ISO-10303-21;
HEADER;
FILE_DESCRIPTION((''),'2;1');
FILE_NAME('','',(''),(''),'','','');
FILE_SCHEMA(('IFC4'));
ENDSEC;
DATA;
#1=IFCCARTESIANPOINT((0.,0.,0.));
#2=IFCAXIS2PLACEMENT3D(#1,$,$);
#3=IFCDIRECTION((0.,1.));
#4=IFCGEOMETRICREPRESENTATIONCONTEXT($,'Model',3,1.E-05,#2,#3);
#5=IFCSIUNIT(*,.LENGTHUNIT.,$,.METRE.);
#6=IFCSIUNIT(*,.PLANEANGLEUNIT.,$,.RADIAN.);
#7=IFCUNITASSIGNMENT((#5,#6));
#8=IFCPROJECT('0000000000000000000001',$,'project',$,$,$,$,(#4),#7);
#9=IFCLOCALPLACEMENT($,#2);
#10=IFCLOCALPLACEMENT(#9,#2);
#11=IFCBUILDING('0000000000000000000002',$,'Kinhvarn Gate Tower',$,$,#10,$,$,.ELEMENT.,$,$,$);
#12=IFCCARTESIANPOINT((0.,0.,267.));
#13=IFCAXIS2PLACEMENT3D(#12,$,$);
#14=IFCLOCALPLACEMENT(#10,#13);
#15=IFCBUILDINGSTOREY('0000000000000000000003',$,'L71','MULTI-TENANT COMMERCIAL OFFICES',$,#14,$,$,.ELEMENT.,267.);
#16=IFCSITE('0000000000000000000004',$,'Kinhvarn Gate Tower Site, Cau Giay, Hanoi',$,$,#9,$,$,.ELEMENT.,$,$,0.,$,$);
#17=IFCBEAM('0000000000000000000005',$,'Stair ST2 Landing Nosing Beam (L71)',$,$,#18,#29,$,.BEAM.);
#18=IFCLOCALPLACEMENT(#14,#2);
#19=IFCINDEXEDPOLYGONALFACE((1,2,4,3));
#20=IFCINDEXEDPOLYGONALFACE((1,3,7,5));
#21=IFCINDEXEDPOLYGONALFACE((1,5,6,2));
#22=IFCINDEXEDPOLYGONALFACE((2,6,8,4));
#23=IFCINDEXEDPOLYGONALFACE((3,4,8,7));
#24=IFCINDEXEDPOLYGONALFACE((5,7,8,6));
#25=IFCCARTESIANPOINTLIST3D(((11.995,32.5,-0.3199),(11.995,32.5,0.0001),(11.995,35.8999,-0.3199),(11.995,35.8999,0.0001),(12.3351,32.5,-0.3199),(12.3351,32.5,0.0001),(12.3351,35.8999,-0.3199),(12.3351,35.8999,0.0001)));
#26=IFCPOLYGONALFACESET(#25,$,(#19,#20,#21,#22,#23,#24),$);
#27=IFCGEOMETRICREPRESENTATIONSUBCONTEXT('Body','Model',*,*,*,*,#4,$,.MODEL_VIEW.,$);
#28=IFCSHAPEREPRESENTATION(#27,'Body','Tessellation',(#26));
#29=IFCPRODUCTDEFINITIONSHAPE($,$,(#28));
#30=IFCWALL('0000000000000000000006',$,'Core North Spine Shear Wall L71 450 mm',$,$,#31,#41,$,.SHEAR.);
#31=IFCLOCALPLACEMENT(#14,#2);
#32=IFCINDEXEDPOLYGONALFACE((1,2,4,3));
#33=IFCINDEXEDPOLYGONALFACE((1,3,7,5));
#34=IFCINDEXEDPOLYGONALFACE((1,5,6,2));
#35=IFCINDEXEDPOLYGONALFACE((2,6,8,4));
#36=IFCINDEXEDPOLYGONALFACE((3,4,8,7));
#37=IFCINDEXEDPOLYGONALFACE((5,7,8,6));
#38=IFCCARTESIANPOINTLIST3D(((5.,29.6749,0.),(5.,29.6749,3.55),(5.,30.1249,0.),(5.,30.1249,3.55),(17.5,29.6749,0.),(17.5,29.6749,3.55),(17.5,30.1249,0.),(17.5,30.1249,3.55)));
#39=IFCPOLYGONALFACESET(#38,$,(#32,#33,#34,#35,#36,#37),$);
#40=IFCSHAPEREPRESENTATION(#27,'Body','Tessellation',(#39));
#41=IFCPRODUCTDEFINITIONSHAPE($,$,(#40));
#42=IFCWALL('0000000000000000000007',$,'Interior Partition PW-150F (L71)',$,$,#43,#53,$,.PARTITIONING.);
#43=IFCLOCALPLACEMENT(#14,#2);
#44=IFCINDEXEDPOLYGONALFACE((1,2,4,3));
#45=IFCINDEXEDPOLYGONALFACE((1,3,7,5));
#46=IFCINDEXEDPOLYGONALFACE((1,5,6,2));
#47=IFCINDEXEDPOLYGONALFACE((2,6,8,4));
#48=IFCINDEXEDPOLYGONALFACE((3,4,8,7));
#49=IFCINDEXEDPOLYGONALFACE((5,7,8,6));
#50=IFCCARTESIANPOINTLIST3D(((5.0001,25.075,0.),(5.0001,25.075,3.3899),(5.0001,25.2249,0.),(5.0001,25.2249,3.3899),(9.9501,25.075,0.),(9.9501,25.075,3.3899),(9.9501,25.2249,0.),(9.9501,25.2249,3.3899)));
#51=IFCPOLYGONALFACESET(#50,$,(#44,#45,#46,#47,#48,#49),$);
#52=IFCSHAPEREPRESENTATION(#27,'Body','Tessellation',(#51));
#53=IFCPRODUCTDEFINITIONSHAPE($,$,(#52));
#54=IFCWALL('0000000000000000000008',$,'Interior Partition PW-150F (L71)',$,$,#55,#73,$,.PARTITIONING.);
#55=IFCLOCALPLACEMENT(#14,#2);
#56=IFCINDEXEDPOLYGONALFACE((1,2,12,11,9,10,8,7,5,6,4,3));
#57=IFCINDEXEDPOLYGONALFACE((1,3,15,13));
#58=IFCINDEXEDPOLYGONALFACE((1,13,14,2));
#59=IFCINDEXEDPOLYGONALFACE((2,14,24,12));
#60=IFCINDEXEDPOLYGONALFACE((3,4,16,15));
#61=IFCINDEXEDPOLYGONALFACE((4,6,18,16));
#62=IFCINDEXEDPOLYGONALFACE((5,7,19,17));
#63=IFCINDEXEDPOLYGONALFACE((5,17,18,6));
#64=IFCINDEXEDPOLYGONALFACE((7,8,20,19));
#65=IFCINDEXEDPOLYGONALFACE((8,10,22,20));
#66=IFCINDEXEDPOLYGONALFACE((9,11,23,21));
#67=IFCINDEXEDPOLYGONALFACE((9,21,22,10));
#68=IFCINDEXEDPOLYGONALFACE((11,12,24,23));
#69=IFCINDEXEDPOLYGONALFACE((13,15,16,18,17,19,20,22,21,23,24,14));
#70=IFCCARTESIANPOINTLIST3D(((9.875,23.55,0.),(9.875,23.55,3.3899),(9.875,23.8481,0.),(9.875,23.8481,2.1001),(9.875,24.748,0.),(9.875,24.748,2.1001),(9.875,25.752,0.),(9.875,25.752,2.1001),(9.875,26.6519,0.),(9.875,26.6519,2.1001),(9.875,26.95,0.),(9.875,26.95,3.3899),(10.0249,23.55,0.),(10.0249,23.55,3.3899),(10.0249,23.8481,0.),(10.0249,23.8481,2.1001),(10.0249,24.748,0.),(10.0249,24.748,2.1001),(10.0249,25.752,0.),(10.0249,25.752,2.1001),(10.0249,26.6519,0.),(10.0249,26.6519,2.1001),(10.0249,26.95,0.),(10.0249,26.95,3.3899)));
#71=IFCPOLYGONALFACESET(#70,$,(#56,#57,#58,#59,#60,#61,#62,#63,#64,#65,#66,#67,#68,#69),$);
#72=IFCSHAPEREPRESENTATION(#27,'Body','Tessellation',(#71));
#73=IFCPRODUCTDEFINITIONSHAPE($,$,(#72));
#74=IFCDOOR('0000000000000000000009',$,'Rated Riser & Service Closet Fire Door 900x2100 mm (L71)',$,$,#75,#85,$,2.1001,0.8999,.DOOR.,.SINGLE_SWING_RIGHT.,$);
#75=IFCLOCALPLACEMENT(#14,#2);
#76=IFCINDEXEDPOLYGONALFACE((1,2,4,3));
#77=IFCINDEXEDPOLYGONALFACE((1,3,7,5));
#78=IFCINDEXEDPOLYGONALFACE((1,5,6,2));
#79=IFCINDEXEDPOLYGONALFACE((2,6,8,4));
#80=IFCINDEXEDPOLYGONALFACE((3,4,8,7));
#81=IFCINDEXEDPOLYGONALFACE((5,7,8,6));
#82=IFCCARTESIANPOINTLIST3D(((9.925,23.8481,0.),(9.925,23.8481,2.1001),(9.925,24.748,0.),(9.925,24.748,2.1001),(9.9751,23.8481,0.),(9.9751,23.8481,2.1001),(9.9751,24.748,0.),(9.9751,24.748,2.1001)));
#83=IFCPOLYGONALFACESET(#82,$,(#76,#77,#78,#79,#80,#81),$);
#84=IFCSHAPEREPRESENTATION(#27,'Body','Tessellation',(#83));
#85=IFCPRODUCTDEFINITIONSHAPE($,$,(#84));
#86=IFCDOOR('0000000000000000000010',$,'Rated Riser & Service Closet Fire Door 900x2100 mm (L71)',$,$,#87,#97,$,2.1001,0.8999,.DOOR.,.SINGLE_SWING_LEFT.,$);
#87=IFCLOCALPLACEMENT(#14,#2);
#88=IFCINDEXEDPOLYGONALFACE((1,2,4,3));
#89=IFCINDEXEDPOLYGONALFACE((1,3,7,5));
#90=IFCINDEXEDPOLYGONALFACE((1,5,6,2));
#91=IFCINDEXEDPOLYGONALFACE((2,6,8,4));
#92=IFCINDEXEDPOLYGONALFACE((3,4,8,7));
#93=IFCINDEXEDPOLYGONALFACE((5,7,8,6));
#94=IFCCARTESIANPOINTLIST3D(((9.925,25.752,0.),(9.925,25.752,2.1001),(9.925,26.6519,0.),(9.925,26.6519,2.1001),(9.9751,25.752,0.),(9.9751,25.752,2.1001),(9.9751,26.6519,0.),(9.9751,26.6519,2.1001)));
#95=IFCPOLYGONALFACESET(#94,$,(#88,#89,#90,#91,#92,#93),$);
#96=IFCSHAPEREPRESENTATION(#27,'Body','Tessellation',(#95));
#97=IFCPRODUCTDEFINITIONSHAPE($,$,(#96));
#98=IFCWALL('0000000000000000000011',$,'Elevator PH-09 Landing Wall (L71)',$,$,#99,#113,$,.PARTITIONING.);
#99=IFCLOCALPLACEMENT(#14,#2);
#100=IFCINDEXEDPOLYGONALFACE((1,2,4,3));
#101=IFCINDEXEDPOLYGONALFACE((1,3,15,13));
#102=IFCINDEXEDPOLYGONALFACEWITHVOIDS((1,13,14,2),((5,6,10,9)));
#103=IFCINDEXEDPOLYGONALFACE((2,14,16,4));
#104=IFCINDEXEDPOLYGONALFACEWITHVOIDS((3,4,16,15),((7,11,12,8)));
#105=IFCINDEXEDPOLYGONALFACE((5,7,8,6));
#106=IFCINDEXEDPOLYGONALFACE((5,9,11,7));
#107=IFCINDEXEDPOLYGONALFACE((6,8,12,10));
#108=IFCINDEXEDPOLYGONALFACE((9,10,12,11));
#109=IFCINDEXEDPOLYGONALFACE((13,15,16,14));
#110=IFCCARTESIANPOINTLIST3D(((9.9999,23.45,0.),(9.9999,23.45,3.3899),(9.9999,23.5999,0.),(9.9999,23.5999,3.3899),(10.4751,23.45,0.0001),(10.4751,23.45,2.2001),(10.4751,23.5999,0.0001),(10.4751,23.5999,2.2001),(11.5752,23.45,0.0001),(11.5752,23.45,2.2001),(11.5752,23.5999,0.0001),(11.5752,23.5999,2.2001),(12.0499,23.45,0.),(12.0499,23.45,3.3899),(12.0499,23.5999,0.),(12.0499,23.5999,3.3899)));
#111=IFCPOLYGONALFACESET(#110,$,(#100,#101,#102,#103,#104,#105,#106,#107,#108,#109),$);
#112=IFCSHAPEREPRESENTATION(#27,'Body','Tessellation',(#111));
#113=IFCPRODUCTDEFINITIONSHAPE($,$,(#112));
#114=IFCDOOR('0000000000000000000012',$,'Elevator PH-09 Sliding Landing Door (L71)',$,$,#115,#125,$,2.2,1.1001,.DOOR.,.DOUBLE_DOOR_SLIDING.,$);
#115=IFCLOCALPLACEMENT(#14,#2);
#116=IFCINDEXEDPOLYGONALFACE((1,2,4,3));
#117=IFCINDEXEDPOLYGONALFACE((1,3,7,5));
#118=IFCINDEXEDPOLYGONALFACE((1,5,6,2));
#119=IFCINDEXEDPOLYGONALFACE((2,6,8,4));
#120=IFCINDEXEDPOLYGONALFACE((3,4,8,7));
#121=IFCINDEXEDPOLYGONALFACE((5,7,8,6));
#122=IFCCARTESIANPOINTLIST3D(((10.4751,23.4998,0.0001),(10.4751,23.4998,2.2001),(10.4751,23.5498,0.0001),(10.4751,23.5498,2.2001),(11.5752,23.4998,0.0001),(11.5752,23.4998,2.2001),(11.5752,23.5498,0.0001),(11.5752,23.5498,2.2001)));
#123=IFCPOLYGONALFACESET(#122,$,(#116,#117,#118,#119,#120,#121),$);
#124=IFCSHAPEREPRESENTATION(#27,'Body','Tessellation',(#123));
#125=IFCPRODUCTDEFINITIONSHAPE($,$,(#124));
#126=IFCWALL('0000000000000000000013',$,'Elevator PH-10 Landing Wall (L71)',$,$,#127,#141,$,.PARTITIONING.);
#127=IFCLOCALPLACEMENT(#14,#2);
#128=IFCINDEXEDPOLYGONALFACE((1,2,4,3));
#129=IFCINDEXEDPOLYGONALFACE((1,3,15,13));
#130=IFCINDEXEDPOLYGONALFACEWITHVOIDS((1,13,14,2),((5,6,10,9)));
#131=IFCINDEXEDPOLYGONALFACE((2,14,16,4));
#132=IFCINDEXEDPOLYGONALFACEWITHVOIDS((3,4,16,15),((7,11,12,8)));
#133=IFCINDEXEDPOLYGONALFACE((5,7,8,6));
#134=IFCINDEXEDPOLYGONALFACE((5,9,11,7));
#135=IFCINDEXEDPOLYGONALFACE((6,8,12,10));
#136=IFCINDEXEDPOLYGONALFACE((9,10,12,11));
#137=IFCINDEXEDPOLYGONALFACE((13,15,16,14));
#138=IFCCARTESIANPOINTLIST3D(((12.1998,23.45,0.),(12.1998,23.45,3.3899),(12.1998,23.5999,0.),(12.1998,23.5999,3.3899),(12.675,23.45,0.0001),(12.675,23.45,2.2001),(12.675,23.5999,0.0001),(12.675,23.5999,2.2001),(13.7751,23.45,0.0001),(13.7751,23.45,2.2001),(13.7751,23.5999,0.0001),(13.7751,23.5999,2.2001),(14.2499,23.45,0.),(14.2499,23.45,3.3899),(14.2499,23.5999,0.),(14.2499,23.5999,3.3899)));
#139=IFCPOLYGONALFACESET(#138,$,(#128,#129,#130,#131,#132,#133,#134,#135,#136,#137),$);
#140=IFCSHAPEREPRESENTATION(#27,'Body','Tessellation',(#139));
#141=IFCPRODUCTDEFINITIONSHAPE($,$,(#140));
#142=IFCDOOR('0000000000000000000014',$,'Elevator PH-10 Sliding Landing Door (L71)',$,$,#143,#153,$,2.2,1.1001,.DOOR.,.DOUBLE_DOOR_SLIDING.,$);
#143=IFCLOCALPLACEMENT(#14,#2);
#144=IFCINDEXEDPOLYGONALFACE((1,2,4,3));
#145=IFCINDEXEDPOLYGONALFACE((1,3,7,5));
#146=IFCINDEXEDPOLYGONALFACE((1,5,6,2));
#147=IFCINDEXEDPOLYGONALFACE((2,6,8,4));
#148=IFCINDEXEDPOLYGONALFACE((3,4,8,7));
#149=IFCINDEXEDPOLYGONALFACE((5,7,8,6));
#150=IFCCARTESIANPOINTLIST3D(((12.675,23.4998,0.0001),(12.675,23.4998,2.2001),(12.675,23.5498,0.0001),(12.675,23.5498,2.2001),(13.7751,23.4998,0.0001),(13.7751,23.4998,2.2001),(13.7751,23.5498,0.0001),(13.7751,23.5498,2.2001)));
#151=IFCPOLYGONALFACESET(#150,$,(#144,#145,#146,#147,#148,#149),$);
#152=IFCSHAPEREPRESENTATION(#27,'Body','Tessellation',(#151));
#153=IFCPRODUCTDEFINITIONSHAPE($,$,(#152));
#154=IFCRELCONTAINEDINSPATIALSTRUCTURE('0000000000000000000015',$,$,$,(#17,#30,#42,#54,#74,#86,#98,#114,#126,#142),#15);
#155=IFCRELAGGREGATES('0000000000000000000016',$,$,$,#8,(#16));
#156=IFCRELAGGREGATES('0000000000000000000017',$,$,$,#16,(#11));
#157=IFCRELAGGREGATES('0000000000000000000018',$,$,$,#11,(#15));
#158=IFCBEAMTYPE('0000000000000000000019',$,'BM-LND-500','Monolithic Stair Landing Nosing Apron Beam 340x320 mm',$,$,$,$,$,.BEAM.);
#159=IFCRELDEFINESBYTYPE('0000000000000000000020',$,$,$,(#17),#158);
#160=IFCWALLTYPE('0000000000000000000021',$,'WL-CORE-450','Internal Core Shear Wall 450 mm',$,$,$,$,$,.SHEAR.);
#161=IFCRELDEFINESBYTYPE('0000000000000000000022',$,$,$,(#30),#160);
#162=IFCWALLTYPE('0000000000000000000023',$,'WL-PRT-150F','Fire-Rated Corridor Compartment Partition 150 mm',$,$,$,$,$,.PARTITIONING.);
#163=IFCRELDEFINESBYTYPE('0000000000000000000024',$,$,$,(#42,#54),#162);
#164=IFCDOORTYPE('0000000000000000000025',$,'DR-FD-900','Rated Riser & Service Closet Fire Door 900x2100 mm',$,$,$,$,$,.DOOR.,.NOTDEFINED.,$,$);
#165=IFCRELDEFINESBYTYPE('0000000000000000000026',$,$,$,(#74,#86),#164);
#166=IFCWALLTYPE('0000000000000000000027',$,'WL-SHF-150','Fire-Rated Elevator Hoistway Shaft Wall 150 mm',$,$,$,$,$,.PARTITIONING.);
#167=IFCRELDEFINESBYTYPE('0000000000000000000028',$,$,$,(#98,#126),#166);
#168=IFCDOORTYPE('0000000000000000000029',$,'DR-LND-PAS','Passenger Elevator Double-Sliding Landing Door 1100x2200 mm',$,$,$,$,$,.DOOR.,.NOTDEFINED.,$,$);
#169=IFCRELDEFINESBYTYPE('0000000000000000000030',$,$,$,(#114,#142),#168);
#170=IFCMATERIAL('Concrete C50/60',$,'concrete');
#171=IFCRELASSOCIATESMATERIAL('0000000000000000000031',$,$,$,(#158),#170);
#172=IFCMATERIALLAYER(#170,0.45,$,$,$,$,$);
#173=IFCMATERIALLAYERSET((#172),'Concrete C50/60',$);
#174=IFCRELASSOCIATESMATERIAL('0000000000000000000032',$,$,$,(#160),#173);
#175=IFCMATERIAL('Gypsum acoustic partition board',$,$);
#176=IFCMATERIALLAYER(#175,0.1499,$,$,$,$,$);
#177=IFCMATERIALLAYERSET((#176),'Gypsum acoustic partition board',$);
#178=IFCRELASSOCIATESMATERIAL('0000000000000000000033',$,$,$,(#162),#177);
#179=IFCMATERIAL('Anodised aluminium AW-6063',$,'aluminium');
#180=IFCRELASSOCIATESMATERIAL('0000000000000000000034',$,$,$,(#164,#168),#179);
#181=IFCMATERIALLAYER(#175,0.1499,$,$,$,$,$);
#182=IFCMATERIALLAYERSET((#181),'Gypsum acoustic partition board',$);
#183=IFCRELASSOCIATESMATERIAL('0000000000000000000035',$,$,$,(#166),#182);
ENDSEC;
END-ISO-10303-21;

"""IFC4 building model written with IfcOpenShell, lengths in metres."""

from ifc_helpers import new_model, si_unit, direction, frame, frame_2d, origin, origin_2d, place, context, subcontext, project, spatial, rectangle, extrude, material, layer, layer_set, material_profile, profile_set, type_object, element, fill, save


model = new_model("IFC4")

# Units and contexts
model_context = context("Model", 3, precision=1e-05, world=origin(), true_north=direction((0.0, 1.0)))
body_context = subcontext(model_context, "Body", "Model", "MODEL_VIEW")
ifc_project = project(units=[si_unit("LENGTHUNIT", "METRE"), si_unit("PLANEANGLEUNIT", "RADIAN")], contexts=[model_context])

# Site, building, storey
site_placement = place(None, origin())
site = spatial("IfcSite", under=ifc_project, at=site_placement, Name="Kinhvarn Gate Tower Site, Cau Giay, Hanoi", CompositionType="ELEMENT", RefElevation=0.0)
building_placement = place(site_placement, origin())
building = spatial("IfcBuilding", under=site, at=building_placement, Name="Kinhvarn Gate Tower", CompositionType="ELEMENT")
storey_placement = place(building_placement, frame((0.0, 0.0, 267.0)))
storey = spatial("IfcBuildingStorey", under=building, at=storey_placement, Name="L71", Description="MULTI-TENANT COMMERCIAL OFFICES", CompositionType="ELEMENT", Elevation=267.0)

# Beam
ifc_material_1 = material(Name="Concrete C50/60", Category="concrete")
ifc_material_profile = material_profile(ifc_material_1, rectangle(XDim=0.3401, YDim=0.3201, at=origin_2d()), Name="RC 340x320")
ifc_profile_set = profile_set([ifc_material_profile], Name="Concrete C50/60")
beam_type = type_object("IfcBeamType", Name="BM-LND-500", Description="Monolithic Stair Landing Nosing Apron Beam 340x320 mm", PredefinedType="BEAM", material=ifc_profile_set)
beam_placement = place(storey_placement, frame((12.165, 32.5, -0.1599), z_axis=(0.0, 1.0, 0.0), x_axis=(-1.0, 0.0, 0.0)))
element("IfcBeam", 1, at=beam_placement, inside=storey, type_object=beam_type, Name="Stair ST2 Landing Nosing Beam (L71)", PredefinedType="BEAM", context=body_context, shape_type="SweptSolid", body=[
    extrude(rectangle(XDim=0.3401, YDim=0.3201, at=origin_2d()), origin(), (0.0, 0.0, 1.0), 3.3999),
])

# Walls
ifc_layer_1 = layer(ifc_material_1, 0.45)
ifc_layer_set_1 = layer_set([ifc_layer_1], Name="Concrete C50/60")
wall_type_1 = type_object("IfcWallType", Name="WL-CORE-450", Description="Internal Core Shear Wall 450 mm", PredefinedType="SHEAR", material=ifc_layer_set_1)
wall_1_placement = place(storey_placement, frame((5.0, 29.8999, 0.0), z_axis=(0.0, 0.0, 1.0), x_axis=(1.0, 0.0, 0.0)))
element("IfcWall", 2, at=wall_1_placement, inside=storey, type_object=wall_type_1, Name="Core North Spine Shear Wall L71 450 mm", PredefinedType="SHEAR", context=body_context, shape_type="SweptSolid", body=[
    extrude(rectangle(XDim=12.5, YDim=0.45, at=frame_2d((6.25, 0.0))), origin(), (0.0, 0.0, 1.0), 3.55),
])
ifc_material_2 = material(Name="Gypsum acoustic partition board")
ifc_layer_2 = layer(ifc_material_2, 0.1499)
ifc_layer_set_2 = layer_set([ifc_layer_2], Name="Gypsum acoustic partition board")
wall_type_2 = type_object("IfcWallType", Name="WL-PRT-150F", Description="Fire-Rated Corridor Compartment Partition 150 mm", PredefinedType="PARTITIONING", material=ifc_layer_set_2)
wall_2_placement = place(storey_placement, frame((5.0, 25.1499, 0.0), z_axis=(0.0, 0.0, 1.0), x_axis=(1.0, 0.0, 0.0)))
element("IfcWall", 3, at=wall_2_placement, inside=storey, type_object=wall_type_2, Name="Interior Partition PW-150F (L71)", PredefinedType="PARTITIONING", context=body_context, shape_type="SweptSolid", body=[
    extrude(rectangle(XDim=4.95, YDim=0.1499, at=frame_2d((2.4751, 0.0))), origin(), (0.0, 0.0, 1.0), 3.3899),
])

# Wall, openings, doors
wall_3_placement = place(storey_placement, frame((9.95, 23.55, 0.0), z_axis=(0.0, 0.0, 1.0), x_axis=(0.0, 1.0, 0.0)))
wall_3 = element("IfcWall", 4, at=wall_3_placement, inside=storey, type_object=wall_type_2, Name="Interior Partition PW-150F (L71)", PredefinedType="PARTITIONING", context=body_context, shape_type="SweptSolid", body=[
    extrude(rectangle(XDim=3.3999, YDim=0.1499, at=frame_2d((1.7, 0.0))), origin(), (0.0, 0.0, 1.0), 3.3899),
])
opening_1_placement = place(wall_3_placement, frame((0.2981, 0.0, 0.0)))
opening_1 = element("IfcOpeningElement", 5, at=opening_1_placement, cuts=wall_3, PredefinedType="OPENING", context=body_context, shape_type="SweptSolid", body=[
    extrude(rectangle(XDim=0.8999, YDim=2.1001, at=frame_2d((0.45, 1.05))), frame((0.0, 0.085, 0.0), z_axis=(0.0, -1.0, 0.0), x_axis=(1.0, 0.0, 0.0)), (0.0, 0.0, 1.0), 0.1699),
])
opening_2_placement = place(wall_3_placement, frame((2.2019, 0.0, 0.0)))
opening_2 = element("IfcOpeningElement", 6, at=opening_2_placement, cuts=wall_3, PredefinedType="OPENING", context=body_context, shape_type="SweptSolid", body=[
    extrude(rectangle(XDim=0.8999, YDim=2.1001, at=frame_2d((0.45, 1.05))), frame((0.0, 0.085, 0.0), z_axis=(0.0, -1.0, 0.0), x_axis=(1.0, 0.0, 0.0)), (0.0, 0.0, 1.0), 0.1699),
])
ifc_material_3 = material(Name="Anodised aluminium AW-6063", Category="aluminium")
door_type_1 = type_object("IfcDoorType", Name="DR-FD-900", Description="Rated Riser & Service Closet Fire Door 900x2100 mm", OperationType="NOTDEFINED", PredefinedType="DOOR", material=ifc_material_3)
door_1_placement = place(opening_1_placement, origin())
door_1 = element("IfcDoor", 7, at=door_1_placement, inside=storey, type_object=door_type_1, Name="Rated Riser & Service Closet Fire Door 900x2100 mm (L71)", OperationType="SINGLE_SWING_RIGHT", OverallHeight=2.1001, OverallWidth=0.8999, PredefinedType="DOOR", context=body_context, shape_type="SweptSolid", body=[
    extrude(rectangle(XDim=0.8999, YDim=2.1001, at=frame_2d((0.45, 1.05))), frame((0.0, 0.0249, 0.0), z_axis=(0.0, -1.0, 0.0), x_axis=(1.0, 0.0, 0.0)), (0.0, 0.0, 1.0), 0.05),
])
fill(opening_1, door_1)
door_2_placement = place(opening_2_placement, origin())
door_2 = element("IfcDoor", 8, at=door_2_placement, inside=storey, type_object=door_type_1, Name="Rated Riser & Service Closet Fire Door 900x2100 mm (L71)", OperationType="SINGLE_SWING_LEFT", OverallHeight=2.1001, OverallWidth=0.8999, PredefinedType="DOOR", context=body_context, shape_type="SweptSolid", body=[
    extrude(rectangle(XDim=0.8999, YDim=2.1001, at=frame_2d((0.45, 1.05))), frame((0.0, 0.0249, 0.0), z_axis=(0.0, -1.0, 0.0), x_axis=(1.0, 0.0, 0.0)), (0.0, 0.0, 1.0), 0.05),
])
fill(opening_2, door_2)

# Walls, openings, doors
ifc_layer_3 = layer(ifc_material_2, 0.1499)
ifc_layer_set_3 = layer_set([ifc_layer_3], Name="Gypsum acoustic partition board")
wall_type_3 = type_object("IfcWallType", Name="WL-SHF-150", Description="Fire-Rated Elevator Hoistway Shaft Wall 150 mm", PredefinedType="PARTITIONING", material=ifc_layer_set_3)
wall_4_placement = place(storey_placement, frame((10.0, 23.5249, 0.0), z_axis=(0.0, 0.0, 1.0), x_axis=(1.0, 0.0, 0.0)))
wall_4 = element("IfcWall", 9, at=wall_4_placement, inside=storey, type_object=wall_type_3, Name="Elevator PH-09 Landing Wall (L71)", PredefinedType="PARTITIONING", context=body_context, shape_type="SweptSolid", body=[
    extrude(rectangle(XDim=2.05, YDim=0.1499, at=frame_2d((1.0249, 0.0))), origin(), (0.0, 0.0, 1.0), 3.3899),
])
opening_3_placement = place(wall_4_placement, frame((0.4751, 0.0, 0.0)))
opening_3 = element("IfcOpeningElement", 10, at=opening_3_placement, cuts=wall_4, PredefinedType="OPENING", context=body_context, shape_type="SweptSolid", body=[
    extrude(rectangle(XDim=1.1001, YDim=2.2, at=frame_2d((0.55, 1.1001))), frame((0.0, 0.085, 0.0), z_axis=(0.0, -1.0, 0.0), x_axis=(1.0, 0.0, 0.0)), (0.0, 0.0, 1.0), 0.1699),
])
door_type_2 = type_object("IfcDoorType", Name="DR-LND-PAS", Description="Passenger Elevator Double-Sliding Landing Door 1100x2200 mm", OperationType="NOTDEFINED", PredefinedType="DOOR", material=ifc_material_3)
door_3_placement = place(opening_3_placement, origin())
door_3 = element("IfcDoor", 11, at=door_3_placement, inside=storey, type_object=door_type_2, Name="Elevator PH-09 Sliding Landing Door (L71)", OperationType="DOUBLE_DOOR_SLIDING", OverallHeight=2.2, OverallWidth=1.1001, PredefinedType="DOOR", context=body_context, shape_type="SweptSolid", body=[
    extrude(rectangle(XDim=1.1001, YDim=2.2, at=frame_2d((0.55, 1.1001))), frame((0.0, 0.0249, 0.0), z_axis=(0.0, -1.0, 0.0), x_axis=(1.0, 0.0, 0.0)), (0.0, 0.0, 1.0), 0.05),
])
fill(opening_3, door_3)
wall_5_placement = place(storey_placement, frame((12.2, 23.5249, 0.0), z_axis=(0.0, 0.0, 1.0), x_axis=(1.0, 0.0, 0.0)))
wall_5 = element("IfcWall", 12, at=wall_5_placement, inside=storey, type_object=wall_type_3, Name="Elevator PH-10 Landing Wall (L71)", PredefinedType="PARTITIONING", context=body_context, shape_type="SweptSolid", body=[
    extrude(rectangle(XDim=2.05, YDim=0.1499, at=frame_2d((1.0249, 0.0))), origin(), (0.0, 0.0, 1.0), 3.3899),
])
opening_4_placement = place(wall_5_placement, frame((0.4751, 0.0, 0.0)))
opening_4 = element("IfcOpeningElement", 13, at=opening_4_placement, cuts=wall_5, PredefinedType="OPENING", context=body_context, shape_type="SweptSolid", body=[
    extrude(rectangle(XDim=1.1001, YDim=2.2, at=frame_2d((0.55, 1.1001))), frame((0.0, 0.085, 0.0), z_axis=(0.0, -1.0, 0.0), x_axis=(1.0, 0.0, 0.0)), (0.0, 0.0, 1.0), 0.1699),
])
door_4_placement = place(opening_4_placement, origin())
door_4 = element("IfcDoor", 14, at=door_4_placement, inside=storey, type_object=door_type_2, Name="Elevator PH-10 Sliding Landing Door (L71)", OperationType="DOUBLE_DOOR_SLIDING", OverallHeight=2.2, OverallWidth=1.1001, PredefinedType="DOOR", context=body_context, shape_type="SweptSolid", body=[
    extrude(rectangle(XDim=1.1001, YDim=2.2, at=frame_2d((0.55, 1.1001))), frame((0.0, 0.0249, 0.0), z_axis=(0.0, -1.0, 0.0), x_axis=(1.0, 0.0, 0.0)), (0.0, 0.0, 1.0), 0.05),
])
fill(opening_4, door_4)

save(model, "model.ifc")
